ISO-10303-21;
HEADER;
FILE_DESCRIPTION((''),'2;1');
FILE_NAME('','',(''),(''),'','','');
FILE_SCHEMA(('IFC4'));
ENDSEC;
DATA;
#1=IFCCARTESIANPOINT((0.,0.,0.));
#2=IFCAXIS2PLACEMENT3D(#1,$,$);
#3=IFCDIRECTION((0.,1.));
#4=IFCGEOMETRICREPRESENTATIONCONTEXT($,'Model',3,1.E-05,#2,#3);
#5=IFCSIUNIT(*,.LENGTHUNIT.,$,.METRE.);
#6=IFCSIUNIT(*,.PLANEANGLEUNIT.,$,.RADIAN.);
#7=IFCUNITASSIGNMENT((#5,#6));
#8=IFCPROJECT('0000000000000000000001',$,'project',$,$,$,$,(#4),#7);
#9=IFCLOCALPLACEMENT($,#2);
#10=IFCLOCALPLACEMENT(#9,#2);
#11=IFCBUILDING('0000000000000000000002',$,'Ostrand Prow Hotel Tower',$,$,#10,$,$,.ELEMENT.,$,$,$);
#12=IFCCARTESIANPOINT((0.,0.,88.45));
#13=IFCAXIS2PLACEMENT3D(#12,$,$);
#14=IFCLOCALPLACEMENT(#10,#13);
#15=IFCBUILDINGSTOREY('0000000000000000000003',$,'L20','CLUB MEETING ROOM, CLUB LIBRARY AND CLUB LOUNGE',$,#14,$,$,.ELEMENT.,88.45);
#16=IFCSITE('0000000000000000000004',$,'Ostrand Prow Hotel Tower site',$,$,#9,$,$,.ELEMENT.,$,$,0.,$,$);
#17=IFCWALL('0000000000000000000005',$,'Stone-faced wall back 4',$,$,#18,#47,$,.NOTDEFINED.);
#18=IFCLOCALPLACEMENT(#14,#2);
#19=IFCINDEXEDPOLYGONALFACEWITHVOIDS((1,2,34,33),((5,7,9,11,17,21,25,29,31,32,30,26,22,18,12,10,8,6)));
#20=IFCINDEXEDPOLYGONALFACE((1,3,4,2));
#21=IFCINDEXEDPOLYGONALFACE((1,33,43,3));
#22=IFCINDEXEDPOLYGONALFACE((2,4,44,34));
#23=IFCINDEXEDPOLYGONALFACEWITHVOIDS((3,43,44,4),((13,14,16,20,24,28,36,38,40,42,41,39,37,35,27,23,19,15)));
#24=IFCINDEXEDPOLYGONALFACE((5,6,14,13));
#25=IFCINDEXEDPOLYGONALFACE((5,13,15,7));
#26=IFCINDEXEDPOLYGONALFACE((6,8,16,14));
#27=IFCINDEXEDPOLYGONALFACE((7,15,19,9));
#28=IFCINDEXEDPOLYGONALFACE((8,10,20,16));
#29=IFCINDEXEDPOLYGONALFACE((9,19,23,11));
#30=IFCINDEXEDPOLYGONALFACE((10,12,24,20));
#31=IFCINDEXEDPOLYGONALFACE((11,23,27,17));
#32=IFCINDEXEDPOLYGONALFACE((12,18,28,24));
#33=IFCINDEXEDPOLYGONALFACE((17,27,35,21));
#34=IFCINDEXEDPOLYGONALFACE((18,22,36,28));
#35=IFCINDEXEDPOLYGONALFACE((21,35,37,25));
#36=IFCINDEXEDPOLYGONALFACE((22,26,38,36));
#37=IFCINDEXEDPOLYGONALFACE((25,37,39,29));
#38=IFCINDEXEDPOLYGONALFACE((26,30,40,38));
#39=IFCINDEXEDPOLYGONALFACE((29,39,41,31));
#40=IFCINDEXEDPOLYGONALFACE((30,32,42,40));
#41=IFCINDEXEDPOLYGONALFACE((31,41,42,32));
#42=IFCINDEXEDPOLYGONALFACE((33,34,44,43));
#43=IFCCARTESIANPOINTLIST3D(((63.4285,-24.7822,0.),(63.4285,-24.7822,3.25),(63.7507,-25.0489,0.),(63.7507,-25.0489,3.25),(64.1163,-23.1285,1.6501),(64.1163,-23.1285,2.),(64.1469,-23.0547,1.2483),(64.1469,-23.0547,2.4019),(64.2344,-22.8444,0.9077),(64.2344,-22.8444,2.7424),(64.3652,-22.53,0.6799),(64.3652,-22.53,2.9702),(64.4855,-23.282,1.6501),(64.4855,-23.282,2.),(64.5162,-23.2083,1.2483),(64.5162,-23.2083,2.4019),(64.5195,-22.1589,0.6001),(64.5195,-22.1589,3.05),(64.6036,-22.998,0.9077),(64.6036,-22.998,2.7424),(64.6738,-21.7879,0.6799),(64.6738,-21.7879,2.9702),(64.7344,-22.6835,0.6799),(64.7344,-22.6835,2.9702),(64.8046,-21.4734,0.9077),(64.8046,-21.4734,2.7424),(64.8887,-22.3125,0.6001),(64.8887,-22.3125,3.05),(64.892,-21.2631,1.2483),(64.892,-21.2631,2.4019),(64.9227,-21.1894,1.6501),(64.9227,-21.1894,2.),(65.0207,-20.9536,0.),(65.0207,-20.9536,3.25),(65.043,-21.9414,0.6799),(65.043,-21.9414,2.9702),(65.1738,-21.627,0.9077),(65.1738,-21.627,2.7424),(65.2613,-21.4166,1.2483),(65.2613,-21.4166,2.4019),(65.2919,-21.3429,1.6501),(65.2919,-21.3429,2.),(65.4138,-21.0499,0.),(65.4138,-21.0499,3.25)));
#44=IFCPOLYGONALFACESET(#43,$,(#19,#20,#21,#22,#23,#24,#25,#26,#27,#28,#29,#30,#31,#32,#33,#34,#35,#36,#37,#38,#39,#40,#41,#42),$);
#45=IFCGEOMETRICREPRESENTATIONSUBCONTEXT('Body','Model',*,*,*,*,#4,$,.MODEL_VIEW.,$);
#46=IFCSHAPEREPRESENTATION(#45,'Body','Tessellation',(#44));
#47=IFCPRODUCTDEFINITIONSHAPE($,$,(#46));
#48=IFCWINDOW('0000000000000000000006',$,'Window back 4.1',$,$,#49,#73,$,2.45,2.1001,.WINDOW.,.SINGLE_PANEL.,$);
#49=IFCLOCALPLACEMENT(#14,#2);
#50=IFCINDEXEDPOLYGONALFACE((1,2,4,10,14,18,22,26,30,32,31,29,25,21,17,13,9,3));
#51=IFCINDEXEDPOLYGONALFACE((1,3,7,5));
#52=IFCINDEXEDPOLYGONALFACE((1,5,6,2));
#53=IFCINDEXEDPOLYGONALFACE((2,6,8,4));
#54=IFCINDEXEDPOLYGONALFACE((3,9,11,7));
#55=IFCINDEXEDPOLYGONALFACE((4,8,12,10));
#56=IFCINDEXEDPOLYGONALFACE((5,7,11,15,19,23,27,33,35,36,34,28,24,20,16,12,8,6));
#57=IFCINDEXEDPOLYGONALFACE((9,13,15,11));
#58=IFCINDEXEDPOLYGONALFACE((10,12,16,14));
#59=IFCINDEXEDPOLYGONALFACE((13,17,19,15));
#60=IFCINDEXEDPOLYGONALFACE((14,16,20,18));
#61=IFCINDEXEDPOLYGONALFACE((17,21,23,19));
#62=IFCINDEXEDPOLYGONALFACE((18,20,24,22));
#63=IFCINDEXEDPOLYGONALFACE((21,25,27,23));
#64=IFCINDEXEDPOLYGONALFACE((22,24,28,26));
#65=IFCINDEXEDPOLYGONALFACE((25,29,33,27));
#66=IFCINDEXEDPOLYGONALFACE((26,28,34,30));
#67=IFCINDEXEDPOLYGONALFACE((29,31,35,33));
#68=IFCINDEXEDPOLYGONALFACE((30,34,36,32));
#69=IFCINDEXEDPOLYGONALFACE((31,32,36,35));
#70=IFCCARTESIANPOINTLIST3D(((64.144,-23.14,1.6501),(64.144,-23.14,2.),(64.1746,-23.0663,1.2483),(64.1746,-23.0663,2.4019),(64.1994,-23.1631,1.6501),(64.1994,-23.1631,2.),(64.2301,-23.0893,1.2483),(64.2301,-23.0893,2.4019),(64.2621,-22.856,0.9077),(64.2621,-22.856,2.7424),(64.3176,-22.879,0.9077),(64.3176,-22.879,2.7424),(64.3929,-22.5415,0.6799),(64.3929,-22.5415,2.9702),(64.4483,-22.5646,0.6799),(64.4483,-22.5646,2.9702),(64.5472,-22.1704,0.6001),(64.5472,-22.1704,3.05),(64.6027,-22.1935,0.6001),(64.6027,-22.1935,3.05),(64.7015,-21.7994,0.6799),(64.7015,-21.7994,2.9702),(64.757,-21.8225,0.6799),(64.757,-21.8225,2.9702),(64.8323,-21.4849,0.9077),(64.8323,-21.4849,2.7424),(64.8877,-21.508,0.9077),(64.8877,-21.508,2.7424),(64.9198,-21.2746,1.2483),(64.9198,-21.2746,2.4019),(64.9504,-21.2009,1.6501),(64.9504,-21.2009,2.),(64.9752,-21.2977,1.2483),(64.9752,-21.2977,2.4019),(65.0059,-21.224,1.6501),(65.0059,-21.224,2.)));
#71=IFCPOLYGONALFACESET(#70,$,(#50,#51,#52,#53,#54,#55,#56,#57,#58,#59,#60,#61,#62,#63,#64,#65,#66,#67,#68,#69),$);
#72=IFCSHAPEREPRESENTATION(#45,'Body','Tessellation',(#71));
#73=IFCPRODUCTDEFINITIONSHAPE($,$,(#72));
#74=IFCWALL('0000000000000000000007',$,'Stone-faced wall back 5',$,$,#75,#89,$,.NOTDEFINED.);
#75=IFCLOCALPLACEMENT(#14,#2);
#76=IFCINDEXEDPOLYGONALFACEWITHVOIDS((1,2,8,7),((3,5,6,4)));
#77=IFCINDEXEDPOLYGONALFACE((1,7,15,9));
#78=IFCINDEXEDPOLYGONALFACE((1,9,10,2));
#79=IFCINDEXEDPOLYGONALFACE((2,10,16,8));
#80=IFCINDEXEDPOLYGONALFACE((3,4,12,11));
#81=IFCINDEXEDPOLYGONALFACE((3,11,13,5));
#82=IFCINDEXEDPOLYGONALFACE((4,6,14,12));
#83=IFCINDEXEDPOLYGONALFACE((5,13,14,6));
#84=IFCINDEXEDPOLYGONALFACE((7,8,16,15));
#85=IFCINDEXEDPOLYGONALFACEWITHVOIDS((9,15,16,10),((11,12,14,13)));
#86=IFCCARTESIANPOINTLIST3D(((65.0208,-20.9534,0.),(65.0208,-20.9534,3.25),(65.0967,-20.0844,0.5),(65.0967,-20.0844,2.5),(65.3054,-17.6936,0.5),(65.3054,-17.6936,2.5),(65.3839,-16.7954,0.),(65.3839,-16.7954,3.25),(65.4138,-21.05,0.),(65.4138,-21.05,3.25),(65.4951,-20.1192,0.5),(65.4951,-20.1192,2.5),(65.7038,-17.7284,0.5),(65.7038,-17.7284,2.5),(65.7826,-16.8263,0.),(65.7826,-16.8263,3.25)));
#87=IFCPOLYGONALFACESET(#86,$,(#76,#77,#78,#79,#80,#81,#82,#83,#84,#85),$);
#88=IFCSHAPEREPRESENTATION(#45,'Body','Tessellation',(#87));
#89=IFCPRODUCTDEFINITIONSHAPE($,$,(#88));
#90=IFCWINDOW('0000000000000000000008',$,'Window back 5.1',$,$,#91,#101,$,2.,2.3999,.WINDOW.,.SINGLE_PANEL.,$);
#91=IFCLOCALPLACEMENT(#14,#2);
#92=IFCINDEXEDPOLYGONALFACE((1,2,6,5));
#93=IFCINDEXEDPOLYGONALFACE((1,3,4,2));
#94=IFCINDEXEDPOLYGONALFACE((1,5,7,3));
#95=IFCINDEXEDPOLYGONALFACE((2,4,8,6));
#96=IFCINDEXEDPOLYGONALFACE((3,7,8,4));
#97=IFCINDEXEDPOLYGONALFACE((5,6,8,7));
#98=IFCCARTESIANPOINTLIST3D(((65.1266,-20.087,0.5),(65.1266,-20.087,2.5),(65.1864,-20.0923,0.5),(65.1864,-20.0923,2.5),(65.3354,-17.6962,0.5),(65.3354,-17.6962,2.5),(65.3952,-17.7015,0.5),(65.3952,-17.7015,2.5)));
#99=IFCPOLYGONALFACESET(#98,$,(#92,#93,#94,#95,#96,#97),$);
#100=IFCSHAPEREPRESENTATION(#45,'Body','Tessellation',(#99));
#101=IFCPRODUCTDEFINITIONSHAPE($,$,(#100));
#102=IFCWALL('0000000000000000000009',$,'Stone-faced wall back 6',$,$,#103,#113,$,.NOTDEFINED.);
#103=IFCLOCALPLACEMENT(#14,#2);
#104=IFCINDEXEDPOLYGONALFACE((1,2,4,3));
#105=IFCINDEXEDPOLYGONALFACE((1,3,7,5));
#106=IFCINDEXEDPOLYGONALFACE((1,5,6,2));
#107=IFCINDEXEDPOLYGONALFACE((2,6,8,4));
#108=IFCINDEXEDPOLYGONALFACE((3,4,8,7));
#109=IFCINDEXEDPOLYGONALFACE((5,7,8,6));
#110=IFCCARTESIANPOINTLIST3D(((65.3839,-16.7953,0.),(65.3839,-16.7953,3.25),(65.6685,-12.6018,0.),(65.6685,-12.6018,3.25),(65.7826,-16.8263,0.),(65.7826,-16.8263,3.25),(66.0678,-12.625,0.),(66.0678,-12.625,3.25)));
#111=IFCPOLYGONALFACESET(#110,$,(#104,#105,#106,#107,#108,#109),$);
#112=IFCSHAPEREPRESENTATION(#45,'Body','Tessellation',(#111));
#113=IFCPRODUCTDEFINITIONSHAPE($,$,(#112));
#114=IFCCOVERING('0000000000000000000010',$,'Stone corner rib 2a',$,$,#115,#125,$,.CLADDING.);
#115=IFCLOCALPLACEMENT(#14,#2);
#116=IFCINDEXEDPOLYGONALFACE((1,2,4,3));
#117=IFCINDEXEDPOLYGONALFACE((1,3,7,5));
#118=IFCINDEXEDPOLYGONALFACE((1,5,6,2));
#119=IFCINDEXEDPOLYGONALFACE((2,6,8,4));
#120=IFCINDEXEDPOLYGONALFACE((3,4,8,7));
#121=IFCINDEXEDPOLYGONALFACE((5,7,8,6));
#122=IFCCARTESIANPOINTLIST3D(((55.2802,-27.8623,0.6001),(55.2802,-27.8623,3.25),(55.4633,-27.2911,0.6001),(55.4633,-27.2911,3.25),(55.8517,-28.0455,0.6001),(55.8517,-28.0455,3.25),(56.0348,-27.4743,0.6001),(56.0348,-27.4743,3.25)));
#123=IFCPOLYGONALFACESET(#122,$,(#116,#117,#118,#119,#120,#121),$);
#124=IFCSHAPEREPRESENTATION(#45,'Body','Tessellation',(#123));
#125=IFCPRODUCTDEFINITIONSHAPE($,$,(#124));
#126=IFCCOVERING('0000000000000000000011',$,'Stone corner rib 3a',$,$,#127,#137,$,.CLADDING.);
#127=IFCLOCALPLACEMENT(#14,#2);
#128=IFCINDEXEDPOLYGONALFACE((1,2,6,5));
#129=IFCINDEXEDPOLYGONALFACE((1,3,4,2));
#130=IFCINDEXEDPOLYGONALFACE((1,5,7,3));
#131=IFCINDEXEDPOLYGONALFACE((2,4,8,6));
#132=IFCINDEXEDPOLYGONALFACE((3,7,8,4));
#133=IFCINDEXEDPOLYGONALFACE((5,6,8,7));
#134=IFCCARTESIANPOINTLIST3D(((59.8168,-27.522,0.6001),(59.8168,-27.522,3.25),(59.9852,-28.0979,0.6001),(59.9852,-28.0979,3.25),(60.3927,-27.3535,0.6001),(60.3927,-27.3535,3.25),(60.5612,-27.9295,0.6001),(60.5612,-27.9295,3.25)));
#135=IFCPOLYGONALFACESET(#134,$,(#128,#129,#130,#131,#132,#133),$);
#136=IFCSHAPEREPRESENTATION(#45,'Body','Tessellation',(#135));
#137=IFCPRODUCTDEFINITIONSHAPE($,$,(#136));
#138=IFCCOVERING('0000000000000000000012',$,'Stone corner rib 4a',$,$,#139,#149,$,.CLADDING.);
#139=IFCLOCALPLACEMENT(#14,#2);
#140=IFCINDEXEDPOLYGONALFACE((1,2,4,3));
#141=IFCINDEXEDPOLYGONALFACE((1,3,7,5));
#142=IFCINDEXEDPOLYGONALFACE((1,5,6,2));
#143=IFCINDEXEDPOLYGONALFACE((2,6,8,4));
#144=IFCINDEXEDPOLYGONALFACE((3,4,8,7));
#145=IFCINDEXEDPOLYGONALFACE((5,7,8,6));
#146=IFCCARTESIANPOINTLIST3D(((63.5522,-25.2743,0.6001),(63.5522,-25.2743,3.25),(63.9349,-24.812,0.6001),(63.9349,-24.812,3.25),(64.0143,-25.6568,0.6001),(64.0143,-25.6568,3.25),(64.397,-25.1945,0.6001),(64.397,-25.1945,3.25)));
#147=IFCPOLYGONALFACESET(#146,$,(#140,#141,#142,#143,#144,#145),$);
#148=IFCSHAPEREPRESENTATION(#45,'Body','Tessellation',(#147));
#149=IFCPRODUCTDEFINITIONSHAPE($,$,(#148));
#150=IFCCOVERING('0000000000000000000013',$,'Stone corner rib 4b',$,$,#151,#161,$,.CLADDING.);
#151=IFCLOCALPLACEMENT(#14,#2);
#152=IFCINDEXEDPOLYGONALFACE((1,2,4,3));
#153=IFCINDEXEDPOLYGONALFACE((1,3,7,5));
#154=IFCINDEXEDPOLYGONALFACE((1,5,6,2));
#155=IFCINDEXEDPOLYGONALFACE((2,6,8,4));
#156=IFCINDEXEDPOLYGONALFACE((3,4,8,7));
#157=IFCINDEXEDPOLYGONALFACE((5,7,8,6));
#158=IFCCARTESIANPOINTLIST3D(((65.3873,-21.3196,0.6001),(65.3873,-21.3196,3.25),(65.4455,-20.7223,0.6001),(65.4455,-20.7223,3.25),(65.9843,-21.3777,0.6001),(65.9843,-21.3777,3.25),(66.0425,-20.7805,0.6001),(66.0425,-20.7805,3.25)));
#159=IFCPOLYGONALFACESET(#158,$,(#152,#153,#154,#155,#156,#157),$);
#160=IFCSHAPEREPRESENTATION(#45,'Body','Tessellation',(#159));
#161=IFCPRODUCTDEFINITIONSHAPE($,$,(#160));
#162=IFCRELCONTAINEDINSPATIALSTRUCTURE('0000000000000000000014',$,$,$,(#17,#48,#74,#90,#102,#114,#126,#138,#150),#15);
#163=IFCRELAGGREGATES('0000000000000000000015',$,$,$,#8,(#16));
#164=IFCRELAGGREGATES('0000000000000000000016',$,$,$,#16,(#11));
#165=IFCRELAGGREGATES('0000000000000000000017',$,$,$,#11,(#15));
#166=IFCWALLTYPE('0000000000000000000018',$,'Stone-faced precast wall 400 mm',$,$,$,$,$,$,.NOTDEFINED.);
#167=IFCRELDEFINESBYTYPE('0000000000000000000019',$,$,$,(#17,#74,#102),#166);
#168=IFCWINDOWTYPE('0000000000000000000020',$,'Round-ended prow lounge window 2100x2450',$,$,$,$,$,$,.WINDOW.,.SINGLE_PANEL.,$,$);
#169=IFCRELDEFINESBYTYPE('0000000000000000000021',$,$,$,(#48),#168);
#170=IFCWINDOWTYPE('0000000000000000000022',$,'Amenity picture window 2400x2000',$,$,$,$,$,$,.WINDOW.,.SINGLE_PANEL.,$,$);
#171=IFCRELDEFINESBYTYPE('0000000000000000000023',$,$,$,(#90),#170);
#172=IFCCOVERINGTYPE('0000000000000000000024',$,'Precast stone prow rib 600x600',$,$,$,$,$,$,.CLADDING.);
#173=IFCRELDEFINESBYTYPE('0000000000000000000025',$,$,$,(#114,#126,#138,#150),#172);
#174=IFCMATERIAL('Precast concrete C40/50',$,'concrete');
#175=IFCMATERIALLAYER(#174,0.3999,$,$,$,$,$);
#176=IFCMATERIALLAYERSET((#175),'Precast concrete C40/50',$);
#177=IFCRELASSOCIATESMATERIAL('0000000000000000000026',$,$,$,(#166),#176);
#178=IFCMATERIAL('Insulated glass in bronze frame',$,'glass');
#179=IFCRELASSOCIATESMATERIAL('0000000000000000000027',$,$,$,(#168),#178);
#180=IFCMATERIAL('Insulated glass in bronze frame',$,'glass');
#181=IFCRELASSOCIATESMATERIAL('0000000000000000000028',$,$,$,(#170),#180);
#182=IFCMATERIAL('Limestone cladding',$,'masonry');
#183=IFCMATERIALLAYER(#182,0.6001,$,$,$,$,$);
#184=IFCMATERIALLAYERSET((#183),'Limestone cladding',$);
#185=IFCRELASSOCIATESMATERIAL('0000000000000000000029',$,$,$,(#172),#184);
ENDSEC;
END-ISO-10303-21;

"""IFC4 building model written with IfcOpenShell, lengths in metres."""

from ifc_helpers import new_model, si_unit, direction, frame, frame_2d, origin, place, context, subcontext, project, spatial, polyline, rectangle, outline, extrude, material, layer, layer_set, type_object, element, fill, save


model = new_model("IFC4")

# Units and contexts
model_context = context("Model", 3, precision=1e-05, world=origin(), true_north=direction((0.0, 1.0)))
body_context = subcontext(model_context, "Body", "Model", "MODEL_VIEW")
ifc_project = project(units=[si_unit("LENGTHUNIT", "METRE"), si_unit("PLANEANGLEUNIT", "RADIAN")], contexts=[model_context])

# Site, building, storey
site_placement = place(None, origin())
site = spatial("IfcSite", under=ifc_project, at=site_placement, Name="Ostrand Prow Hotel Tower site", CompositionType="ELEMENT", RefElevation=0.0)
building_placement = place(site_placement, origin())
building = spatial("IfcBuilding", under=site, at=building_placement, Name="Ostrand Prow Hotel Tower", CompositionType="ELEMENT")
storey_placement = place(building_placement, frame((0.0, 0.0, 88.45)))
storey = spatial("IfcBuildingStorey", under=building, at=storey_placement, Name="L20", Description="CLUB MEETING ROOM, CLUB LIBRARY AND CLUB LOUNGE", CompositionType="ELEMENT", Elevation=88.45)

# Walls, openings, windows
ifc_material_1 = material(Name="Precast concrete C40/50", Category="concrete")
ifc_layer_1 = layer(ifc_material_1, 0.3999)
ifc_layer_set_1 = layer_set([ifc_layer_1], Name="Precast concrete C40/50")
wall_type_1 = type_object("IfcWallType", Name="Stone-faced precast wall 400 mm", PredefinedType="NOTDEFINED", material=ifc_layer_set_1)
wall_1_placement = place(storey_placement, frame((63.5896, -24.9155, 0.0), z_axis=(0.0, 0.0, 1.0), x_axis=(0.383998, 0.923334, 0.0)))
wall_1 = element("IfcWall", 1, at=wall_1_placement, inside=storey, type_object=wall_type_1, Name="Stone-faced wall back 4", PredefinedType="NOTDEFINED", context=body_context, shape_type="SweptSolid", body=[
    extrude(outline(polyline([(-0.0613, -0.2), (4.2698, -0.2), (4.2078, 0.2), (0.0613, 0.2), (-0.0613, -0.2)])), origin(), (0.0, 0.0, 1.0), 3.25),
])
opening_1_placement = place(wall_1_placement, frame((1.8523, 0.0, 0.6001)))
opening_1 = element("IfcOpeningElement", 2, at=opening_1_placement, cuts=wall_1, PredefinedType="OPENING", context=body_context, shape_type="SweptSolid", body=[
    extrude(outline(polyline([(0.0, 1.3999), (0.0798, 1.8018), (0.3076, 2.1423), (0.6482, 2.3701), (1.05, 2.45), (1.4519, 2.3701), (1.7925, 2.1423), (2.0203, 1.8018), (2.1001, 1.3999), (2.1001, 1.05), (2.0203, 0.6482), (1.7925, 0.3076), (1.4519, 0.0798), (1.05, 0.0), (0.6482, 0.0798), (0.3076, 0.3076), (0.0798, 0.6482), (0.0, 1.05), (0.0, 1.3999)])), frame((0.0, 0.21, 0.0), z_axis=(0.0, -1.0, 0.0), x_axis=(1.0, 0.0, 0.0)), (0.0, 0.0, 1.0), 0.4199),
])
ifc_material_2 = material(Name="Insulated glass in bronze frame", Category="glass")
window_type_1 = type_object("IfcWindowType", Name="Round-ended prow lounge window 2100x2450", PartitioningType="SINGLE_PANEL", PredefinedType="WINDOW", material=ifc_material_2)
window_1_placement = place(opening_1_placement, origin())
window_1 = element("IfcWindow", 3, at=window_1_placement, inside=storey, type_object=window_type_1, Name="Window back 4.1", OverallHeight=2.45, OverallWidth=2.1001, PartitioningType="SINGLE_PANEL", PredefinedType="WINDOW", context=body_context, shape_type="SweptSolid", body=[
    extrude(outline(polyline([(0.0, 1.3999), (0.0798, 1.8018), (0.3076, 2.1423), (0.6482, 2.3701), (1.05, 2.45), (1.4519, 2.3701), (1.7925, 2.1423), (2.0203, 1.8018), (2.1001, 1.3999), (2.1001, 1.05), (2.0203, 0.6482), (1.7925, 0.3076), (1.4519, 0.0798), (1.05, 0.0), (0.6482, 0.0798), (0.3076, 0.3076), (0.0798, 0.6482), (0.0, 1.05), (0.0, 1.3999)])), frame((0.0, 0.1699, 0.0), z_axis=(0.0, -1.0, 0.0), x_axis=(1.0, 0.0, 0.0)), (0.0, 0.0, 1.0), 0.0601),
])
fill(opening_1, window_1)
wall_2_placement = place(storey_placement, frame((65.2173, -21.0017, 0.0), z_axis=(0.0, 0.0, 1.0), x_axis=(0.086993, 0.996209, 0.0)))
wall_2 = element("IfcWall", 4, at=wall_2_placement, inside=storey, type_object=wall_type_1, Name="Stone-faced wall back 5", PredefinedType="NOTDEFINED", context=body_context, shape_type="SweptSolid", body=[
    extrude(outline(polyline([(-0.031, -0.2), (4.2087, -0.2), (4.2048, 0.2), (0.031, 0.2), (-0.031, -0.2)])), origin(), (0.0, 0.0, 1.0), 3.25),
])
opening_2_placement = place(wall_2_placement, frame((0.9033, 0.0, 0.5)))
opening_2 = element("IfcOpeningElement", 5, at=opening_2_placement, cuts=wall_2, PredefinedType="OPENING", context=body_context, shape_type="SweptSolid", body=[
    extrude(rectangle(XDim=2.3999, YDim=2.0, at=frame_2d((1.2, 1.0))), frame((0.0, 0.21, 0.0), z_axis=(0.0, -1.0, 0.0), x_axis=(1.0, 0.0, 0.0)), (0.0, 0.0, 1.0), 0.4199),
])
ifc_material_3 = material(Name="Insulated glass in bronze frame", Category="glass")
window_type_2 = type_object("IfcWindowType", Name="Amenity picture window 2400x2000", PartitioningType="SINGLE_PANEL", PredefinedType="WINDOW", material=ifc_material_3)
window_2_placement = place(opening_2_placement, origin())
window_2 = element("IfcWindow", 6, at=window_2_placement, inside=storey, type_object=window_type_2, Name="Window back 5.1", OverallHeight=2.0, OverallWidth=2.3999, PartitioningType="SINGLE_PANEL", PredefinedType="WINDOW", context=body_context, shape_type="SweptSolid", body=[
    extrude(rectangle(XDim=2.3999, YDim=2.0, at=frame_2d((1.2, 1.0))), frame((0.0, 0.1699, 0.0), z_axis=(0.0, -1.0, 0.0), x_axis=(1.0, 0.0, 0.0)), (0.0, 0.0, 1.0), 0.0601),
])
fill(opening_2, window_2)

# Wall
wall_3_placement = place(storey_placement, frame((65.5833, -16.8108, 0.0), z_axis=(0.0, 0.0, 1.0), x_axis=(0.067725, 0.997704, 0.0)))
element("IfcWall", 7, at=wall_3_placement, inside=storey, type_object=wall_type_1, Name="Stone-faced wall back 6", PredefinedType="NOTDEFINED", context=body_context, shape_type="SweptSolid", body=[
    extrude(outline(polyline([(-0.002, -0.2), (4.209, -0.2), (4.2051, 0.2), (0.002, 0.2), (-0.002, -0.2)])), origin(), (0.0, 0.0, 1.0), 3.25),
])

# Coverings
ifc_material_4 = material(Name="Limestone cladding", Category="masonry")
ifc_layer_2 = layer(ifc_material_4, 0.6001)
ifc_layer_set_2 = layer_set([ifc_layer_2], Name="Limestone cladding")
covering_type = type_object("IfcCoveringType", Name="Precast stone prow rib 600x600", PredefinedType="CLADDING", material=ifc_layer_set_2)
covering_1_placement = place(storey_placement, frame((55.749, -27.3828, 0.6001), z_axis=(0.0, 0.0, 1.0), x_axis=(-0.305219, -0.952282, 0.0)))
element("IfcCovering", 8, at=covering_1_placement, inside=storey, type_object=covering_type, Name="Stone corner rib 2a", PredefinedType="CLADDING", context=body_context, shape_type="SweptSolid", body=[
    extrude(rectangle(XDim=0.5999, YDim=0.6001, at=frame_2d((0.2998, 0.0))), origin(), (0.0, 0.0, 1.0), 2.6499),
])
covering_2_placement = place(storey_placement, frame((60.1047, -27.4377, 0.6001), z_axis=(0.0, 0.0, 1.0), x_axis=(0.280734, -0.959786, 0.0)))
element("IfcCovering", 9, at=covering_2_placement, inside=storey, type_object=covering_type, Name="Stone corner rib 3a", PredefinedType="CLADDING", context=body_context, shape_type="SweptSolid", body=[
    extrude(rectangle(XDim=0.6001, YDim=0.6001, at=frame_2d((0.3, 0.0))), origin(), (0.0, 0.0, 1.0), 2.6499),
])
for number, where, z_axis, x_axis, name in (
    (10, (63.7437, -25.0432, 0.6001), (0.0, 0.0, 1.0), (0.770319, -0.637659, 0.0), "Stone corner rib 4a"),
    (11, (65.4165, -21.021, 0.6001), (0.0, 0.0, 1.0), (0.995296, -0.096884, 0.0), "Stone corner rib 4b"),
):
    element("IfcCovering", number, at=place(storey_placement, frame(where, z_axis=z_axis, x_axis=x_axis)), inside=storey, type_object=covering_type, Name=name, PredefinedType="CLADDING", context=body_context, shape_type="SweptSolid", body=[
        extrude(rectangle(XDim=0.5999, YDim=0.6001, at=frame_2d((0.2998, 0.0))), origin(), (0.0, 0.0, 1.0), 2.6499),
    ])

save(model, "model.ifc")
